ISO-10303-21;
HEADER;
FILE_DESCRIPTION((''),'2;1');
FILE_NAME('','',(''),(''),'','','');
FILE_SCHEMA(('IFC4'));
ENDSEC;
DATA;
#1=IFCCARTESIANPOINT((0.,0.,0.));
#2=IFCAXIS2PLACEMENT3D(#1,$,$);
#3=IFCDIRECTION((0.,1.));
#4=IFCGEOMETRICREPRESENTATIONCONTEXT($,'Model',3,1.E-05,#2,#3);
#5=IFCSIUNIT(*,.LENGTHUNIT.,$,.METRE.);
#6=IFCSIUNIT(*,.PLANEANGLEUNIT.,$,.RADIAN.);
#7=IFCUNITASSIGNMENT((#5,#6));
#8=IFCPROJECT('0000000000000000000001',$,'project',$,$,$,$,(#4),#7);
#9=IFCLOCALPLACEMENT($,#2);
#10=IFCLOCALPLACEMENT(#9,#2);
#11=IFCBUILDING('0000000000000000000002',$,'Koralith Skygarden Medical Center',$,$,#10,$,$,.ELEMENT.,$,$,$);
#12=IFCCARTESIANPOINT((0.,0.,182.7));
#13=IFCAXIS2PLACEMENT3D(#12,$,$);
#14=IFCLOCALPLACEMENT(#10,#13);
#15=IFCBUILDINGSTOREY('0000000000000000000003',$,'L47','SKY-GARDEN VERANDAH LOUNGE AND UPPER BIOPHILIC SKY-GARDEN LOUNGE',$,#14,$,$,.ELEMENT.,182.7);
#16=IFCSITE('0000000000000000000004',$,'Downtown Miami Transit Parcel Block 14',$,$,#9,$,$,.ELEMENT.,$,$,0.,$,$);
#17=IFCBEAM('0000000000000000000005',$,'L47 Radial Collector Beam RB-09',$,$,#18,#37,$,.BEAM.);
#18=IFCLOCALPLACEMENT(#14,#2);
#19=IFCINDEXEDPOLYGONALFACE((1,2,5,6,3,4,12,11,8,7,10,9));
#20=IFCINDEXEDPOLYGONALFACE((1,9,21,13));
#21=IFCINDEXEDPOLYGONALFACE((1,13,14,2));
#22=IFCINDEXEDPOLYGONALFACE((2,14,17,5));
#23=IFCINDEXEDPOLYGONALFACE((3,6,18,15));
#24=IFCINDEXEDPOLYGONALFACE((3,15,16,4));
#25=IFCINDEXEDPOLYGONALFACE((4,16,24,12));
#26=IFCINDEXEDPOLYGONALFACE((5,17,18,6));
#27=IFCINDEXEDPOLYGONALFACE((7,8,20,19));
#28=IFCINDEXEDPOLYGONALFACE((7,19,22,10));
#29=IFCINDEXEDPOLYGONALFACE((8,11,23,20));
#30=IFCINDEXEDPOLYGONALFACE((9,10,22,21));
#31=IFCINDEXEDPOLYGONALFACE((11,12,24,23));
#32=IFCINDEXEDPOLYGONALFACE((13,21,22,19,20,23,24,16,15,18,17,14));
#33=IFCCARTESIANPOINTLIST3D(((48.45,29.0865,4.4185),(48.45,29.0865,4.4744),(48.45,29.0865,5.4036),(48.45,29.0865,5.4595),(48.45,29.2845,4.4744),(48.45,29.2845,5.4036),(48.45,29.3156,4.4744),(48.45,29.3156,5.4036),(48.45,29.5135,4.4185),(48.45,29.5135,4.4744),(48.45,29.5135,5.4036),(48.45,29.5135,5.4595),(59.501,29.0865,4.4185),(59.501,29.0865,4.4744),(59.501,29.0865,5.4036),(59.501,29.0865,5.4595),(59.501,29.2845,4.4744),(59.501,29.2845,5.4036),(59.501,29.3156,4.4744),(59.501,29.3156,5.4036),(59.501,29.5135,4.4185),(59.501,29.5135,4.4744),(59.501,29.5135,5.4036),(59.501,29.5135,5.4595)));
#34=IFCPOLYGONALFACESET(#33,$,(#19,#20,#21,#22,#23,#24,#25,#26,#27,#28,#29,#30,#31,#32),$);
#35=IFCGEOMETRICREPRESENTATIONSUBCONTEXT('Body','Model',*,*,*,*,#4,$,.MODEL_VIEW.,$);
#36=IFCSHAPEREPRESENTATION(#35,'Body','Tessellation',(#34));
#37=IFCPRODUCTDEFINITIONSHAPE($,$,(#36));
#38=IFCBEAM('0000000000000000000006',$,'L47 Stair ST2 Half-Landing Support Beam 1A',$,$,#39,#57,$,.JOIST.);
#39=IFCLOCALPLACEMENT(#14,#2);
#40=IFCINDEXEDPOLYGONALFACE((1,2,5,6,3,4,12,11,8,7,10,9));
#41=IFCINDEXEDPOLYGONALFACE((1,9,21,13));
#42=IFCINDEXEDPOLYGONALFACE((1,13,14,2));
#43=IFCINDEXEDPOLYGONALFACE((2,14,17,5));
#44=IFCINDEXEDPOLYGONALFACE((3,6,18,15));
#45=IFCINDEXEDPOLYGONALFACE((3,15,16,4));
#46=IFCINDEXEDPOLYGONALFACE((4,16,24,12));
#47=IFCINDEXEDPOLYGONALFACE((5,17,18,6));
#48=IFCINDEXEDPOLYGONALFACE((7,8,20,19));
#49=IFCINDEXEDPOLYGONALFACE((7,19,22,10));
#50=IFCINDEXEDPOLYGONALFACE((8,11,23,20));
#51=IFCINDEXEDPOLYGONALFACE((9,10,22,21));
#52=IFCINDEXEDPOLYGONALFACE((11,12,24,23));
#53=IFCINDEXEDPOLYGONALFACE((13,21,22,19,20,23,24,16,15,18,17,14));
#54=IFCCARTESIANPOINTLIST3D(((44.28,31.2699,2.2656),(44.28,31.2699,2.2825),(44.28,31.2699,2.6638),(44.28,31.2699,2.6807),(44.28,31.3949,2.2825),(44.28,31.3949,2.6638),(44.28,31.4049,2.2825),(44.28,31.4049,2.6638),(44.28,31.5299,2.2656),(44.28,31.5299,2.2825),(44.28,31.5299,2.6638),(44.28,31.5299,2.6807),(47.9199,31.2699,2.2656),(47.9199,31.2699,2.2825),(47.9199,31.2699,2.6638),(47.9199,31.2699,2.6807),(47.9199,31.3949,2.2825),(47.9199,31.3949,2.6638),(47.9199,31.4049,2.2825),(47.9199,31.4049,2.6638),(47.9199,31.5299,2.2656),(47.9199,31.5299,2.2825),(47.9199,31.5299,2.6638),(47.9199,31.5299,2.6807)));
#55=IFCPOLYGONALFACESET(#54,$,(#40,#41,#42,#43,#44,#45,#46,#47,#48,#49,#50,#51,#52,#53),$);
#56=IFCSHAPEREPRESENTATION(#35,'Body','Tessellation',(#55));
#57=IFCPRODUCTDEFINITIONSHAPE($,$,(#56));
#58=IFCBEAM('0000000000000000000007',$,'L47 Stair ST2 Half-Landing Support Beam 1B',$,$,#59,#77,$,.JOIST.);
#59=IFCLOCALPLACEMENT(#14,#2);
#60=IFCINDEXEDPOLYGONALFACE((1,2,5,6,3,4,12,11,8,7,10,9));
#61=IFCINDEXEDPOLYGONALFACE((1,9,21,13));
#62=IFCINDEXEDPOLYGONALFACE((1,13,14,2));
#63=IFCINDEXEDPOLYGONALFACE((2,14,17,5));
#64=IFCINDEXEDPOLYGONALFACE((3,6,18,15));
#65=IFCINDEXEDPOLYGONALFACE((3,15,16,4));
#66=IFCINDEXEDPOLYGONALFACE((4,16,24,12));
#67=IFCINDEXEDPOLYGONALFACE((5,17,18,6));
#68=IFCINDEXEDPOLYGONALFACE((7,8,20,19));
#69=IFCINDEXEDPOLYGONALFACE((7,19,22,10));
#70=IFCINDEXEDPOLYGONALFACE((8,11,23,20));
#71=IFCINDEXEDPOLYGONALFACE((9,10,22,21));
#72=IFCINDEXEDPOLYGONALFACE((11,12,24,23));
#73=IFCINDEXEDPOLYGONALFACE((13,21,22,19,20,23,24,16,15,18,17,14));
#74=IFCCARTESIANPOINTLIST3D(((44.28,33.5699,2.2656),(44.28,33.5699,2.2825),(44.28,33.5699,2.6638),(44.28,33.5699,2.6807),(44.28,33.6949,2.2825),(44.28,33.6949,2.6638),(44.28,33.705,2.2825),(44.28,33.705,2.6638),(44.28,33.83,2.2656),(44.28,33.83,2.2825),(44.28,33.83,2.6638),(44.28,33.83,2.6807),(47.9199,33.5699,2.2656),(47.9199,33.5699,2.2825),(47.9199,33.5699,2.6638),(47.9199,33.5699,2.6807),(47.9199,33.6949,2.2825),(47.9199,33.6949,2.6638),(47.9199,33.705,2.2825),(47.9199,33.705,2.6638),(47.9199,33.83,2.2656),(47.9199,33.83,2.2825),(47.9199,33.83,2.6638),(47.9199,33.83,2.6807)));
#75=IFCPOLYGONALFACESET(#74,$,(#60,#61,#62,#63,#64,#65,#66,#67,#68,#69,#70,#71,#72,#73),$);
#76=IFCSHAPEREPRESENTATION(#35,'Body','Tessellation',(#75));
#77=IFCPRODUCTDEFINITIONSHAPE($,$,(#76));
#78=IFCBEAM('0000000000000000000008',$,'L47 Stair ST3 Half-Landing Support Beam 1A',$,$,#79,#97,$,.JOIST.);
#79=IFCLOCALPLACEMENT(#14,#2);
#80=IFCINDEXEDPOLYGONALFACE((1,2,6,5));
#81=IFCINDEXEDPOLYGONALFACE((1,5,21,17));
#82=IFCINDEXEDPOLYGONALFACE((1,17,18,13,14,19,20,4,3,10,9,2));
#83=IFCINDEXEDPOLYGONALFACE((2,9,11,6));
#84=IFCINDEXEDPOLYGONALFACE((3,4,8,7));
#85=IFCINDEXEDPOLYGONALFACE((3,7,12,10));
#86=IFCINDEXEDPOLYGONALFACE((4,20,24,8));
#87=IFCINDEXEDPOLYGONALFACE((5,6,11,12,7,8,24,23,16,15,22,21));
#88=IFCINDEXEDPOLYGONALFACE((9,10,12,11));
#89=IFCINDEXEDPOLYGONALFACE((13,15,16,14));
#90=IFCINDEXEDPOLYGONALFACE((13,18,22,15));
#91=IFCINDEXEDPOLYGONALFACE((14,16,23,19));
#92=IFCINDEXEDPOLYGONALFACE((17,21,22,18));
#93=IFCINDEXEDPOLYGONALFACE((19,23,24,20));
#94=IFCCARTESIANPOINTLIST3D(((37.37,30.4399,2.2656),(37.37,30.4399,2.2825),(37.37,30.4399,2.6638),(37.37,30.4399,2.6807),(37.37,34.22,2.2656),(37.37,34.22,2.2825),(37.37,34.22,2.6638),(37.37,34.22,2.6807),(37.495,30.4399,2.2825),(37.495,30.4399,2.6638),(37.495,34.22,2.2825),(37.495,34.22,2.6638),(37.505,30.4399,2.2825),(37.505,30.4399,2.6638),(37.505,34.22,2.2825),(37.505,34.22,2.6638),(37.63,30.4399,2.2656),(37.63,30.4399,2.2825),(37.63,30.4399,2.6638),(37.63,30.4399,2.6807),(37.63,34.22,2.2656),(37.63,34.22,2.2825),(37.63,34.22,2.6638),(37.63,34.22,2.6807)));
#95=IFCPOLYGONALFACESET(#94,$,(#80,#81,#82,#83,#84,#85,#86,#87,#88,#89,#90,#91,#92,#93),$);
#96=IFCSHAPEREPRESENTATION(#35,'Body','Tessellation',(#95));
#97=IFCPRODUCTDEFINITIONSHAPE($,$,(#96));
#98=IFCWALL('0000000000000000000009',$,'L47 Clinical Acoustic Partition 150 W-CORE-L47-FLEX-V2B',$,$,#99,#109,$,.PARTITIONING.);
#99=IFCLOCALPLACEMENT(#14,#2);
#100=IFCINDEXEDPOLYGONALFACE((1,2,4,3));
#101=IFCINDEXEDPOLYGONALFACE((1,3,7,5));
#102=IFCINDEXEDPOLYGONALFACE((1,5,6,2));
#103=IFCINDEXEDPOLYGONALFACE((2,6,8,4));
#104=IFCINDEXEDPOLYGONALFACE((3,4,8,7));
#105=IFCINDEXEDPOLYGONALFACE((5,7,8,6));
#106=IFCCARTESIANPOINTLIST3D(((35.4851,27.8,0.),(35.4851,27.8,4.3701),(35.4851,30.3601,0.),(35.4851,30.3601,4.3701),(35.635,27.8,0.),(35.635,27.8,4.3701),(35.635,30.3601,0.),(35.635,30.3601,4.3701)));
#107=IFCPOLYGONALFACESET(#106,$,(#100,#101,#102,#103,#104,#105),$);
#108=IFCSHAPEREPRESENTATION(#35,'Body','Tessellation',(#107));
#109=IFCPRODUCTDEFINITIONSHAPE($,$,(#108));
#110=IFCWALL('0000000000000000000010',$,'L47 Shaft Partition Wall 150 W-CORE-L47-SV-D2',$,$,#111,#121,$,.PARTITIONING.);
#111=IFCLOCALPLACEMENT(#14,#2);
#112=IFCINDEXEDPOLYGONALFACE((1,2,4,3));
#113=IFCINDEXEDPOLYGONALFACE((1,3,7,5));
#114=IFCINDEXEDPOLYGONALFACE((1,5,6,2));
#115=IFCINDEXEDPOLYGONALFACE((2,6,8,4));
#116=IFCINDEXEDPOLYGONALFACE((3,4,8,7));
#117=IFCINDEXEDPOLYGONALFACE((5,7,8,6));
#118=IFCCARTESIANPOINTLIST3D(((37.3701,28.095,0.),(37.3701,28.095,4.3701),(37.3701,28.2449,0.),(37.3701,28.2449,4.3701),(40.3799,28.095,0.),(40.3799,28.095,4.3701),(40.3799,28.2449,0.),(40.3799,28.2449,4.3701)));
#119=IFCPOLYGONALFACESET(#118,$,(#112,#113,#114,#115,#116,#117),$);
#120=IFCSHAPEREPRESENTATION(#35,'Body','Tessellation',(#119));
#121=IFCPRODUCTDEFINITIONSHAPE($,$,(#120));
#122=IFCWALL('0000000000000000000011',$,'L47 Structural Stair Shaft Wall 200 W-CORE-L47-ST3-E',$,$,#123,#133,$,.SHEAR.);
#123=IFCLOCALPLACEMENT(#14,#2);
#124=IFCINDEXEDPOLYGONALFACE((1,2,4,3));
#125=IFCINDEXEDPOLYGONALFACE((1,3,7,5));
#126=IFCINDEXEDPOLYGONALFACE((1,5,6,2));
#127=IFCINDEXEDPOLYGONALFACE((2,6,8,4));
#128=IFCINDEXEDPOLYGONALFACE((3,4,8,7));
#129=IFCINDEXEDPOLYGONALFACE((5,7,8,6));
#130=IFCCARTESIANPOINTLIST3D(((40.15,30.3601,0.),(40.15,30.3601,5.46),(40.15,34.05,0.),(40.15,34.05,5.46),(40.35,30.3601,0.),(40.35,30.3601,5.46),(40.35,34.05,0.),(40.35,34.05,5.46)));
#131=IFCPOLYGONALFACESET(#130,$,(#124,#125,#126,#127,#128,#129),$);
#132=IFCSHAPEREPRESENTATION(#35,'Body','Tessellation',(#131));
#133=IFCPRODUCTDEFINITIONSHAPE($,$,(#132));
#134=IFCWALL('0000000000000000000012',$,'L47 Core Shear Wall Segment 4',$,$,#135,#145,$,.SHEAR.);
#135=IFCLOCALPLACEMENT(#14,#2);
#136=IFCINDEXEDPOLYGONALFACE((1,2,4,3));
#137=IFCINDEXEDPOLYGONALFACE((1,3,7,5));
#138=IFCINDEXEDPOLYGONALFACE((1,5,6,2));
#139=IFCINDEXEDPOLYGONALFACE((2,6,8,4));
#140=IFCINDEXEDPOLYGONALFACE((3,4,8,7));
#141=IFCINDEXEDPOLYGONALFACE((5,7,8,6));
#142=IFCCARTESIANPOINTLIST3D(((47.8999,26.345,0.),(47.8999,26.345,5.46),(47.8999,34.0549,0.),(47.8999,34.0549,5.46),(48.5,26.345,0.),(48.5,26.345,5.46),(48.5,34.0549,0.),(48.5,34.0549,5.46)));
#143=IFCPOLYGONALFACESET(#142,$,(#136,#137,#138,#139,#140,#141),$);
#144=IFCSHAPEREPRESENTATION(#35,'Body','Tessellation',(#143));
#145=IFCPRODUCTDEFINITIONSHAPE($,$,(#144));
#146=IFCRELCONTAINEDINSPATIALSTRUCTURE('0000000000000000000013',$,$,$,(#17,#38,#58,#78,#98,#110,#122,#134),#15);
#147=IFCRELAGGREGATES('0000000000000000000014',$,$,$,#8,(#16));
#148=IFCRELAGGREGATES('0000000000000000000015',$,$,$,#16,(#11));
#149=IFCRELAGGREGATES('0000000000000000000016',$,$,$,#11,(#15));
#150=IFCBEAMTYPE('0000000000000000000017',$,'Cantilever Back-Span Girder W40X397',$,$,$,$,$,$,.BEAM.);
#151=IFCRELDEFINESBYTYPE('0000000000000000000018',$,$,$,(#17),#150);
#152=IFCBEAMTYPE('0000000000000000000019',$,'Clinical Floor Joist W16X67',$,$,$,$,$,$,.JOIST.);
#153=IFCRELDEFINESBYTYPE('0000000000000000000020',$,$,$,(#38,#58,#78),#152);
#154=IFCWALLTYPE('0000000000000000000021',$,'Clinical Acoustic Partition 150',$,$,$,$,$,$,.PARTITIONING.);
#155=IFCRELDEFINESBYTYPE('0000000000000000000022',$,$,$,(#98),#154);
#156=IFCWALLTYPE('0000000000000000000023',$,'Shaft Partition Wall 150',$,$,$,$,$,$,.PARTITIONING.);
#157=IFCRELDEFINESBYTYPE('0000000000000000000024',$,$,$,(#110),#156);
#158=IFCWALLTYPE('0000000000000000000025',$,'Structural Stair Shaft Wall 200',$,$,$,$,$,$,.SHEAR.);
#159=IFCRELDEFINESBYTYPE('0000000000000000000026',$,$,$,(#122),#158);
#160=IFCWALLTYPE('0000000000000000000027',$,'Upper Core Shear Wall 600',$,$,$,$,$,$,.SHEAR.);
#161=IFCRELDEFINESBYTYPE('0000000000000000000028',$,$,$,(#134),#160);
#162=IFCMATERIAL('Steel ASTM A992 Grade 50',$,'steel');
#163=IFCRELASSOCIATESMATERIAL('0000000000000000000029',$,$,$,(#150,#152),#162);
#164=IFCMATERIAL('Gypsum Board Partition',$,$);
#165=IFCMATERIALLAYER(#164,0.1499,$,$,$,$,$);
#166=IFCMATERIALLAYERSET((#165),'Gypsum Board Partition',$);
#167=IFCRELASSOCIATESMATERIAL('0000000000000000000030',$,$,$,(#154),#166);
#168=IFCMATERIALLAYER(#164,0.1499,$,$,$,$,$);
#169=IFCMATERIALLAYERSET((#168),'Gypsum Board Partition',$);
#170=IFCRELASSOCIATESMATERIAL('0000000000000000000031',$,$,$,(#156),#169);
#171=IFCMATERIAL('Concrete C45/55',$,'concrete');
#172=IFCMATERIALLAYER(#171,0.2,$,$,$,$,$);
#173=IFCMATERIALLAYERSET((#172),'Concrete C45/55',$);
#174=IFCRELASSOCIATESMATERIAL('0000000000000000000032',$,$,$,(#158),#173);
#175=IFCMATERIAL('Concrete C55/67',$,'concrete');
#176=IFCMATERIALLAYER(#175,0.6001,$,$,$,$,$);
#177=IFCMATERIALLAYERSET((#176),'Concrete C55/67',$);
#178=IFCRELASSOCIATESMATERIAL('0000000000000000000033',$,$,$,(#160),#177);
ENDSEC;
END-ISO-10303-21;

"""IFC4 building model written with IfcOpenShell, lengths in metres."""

from ifc_helpers import new_model, si_unit, direction, frame, frame_2d, origin, origin_2d, place, context, subcontext, project, spatial, rectangle, i_section, extrude, material, layer, layer_set, material_profile, profile_set, type_object, element, save


model = new_model("IFC4")

# Units and contexts
model_context = context("Model", 3, precision=1e-05, world=origin(), true_north=direction((0.0, 1.0)))
body_context = subcontext(model_context, "Body", "Model", "MODEL_VIEW")
ifc_project = project(units=[si_unit("LENGTHUNIT", "METRE"), si_unit("PLANEANGLEUNIT", "RADIAN")], contexts=[model_context])

# Site, building, storey
site_placement = place(None, origin())
site = spatial("IfcSite", under=ifc_project, at=site_placement, Name="Downtown Miami Transit Parcel Block 14", CompositionType="ELEMENT", RefElevation=0.0)
building_placement = place(site_placement, origin())
building = spatial("IfcBuilding", under=site, at=building_placement, Name="Koralith Skygarden Medical Center", CompositionType="ELEMENT")
storey_placement = place(building_placement, frame((0.0, 0.0, 182.7)))
storey = spatial("IfcBuildingStorey", under=building, at=storey_placement, Name="L47", Description="SKY-GARDEN VERANDAH LOUNGE AND UPPER BIOPHILIC SKY-GARDEN LOUNGE", CompositionType="ELEMENT", Elevation=182.7)

# Beams
ifc_material_1 = material(Name="Steel ASTM A992 Grade 50", Category="steel")
ifc_material_profile_1 = material_profile(ifc_material_1, i_section(OverallWidth=0.427, OverallDepth=1.041, WebThickness=0.031, FlangeThickness=0.0559, at=origin_2d()), Name="W40X397")
ifc_profile_set_1 = profile_set([ifc_material_profile_1], Name="Steel ASTM A992 Grade 50")
beam_type_1 = type_object("IfcBeamType", Name="Cantilever Back-Span Girder W40X397", PredefinedType="BEAM", material=ifc_profile_set_1)
beam_1_placement = place(storey_placement, frame((48.45, 29.3, 4.939), z_axis=(1.0, 0.0, 0.0), x_axis=(0.0, 1.0, 0.0)))
element("IfcBeam", 1, at=beam_1_placement, inside=storey, type_object=beam_type_1, Name="L47 Radial Collector Beam RB-09", PredefinedType="BEAM", context=body_context, shape_type="SweptSolid", body=[
    extrude(i_section(OverallWidth=0.427, OverallDepth=1.041, WebThickness=0.031, FlangeThickness=0.0559, at=origin_2d()), origin(), (0.0, 0.0, 1.0), 11.051),
])
ifc_material_profile_2 = material_profile(ifc_material_1, i_section(OverallWidth=0.26, OverallDepth=0.415, WebThickness=0.01, FlangeThickness=0.0168, at=origin_2d()), Name="W16X67")
ifc_profile_set_2 = profile_set([ifc_material_profile_2], Name="Steel ASTM A992 Grade 50")
beam_type_2 = type_object("IfcBeamType", Name="Clinical Floor Joist W16X67", PredefinedType="JOIST", material=ifc_profile_set_2)
for number, where, z_axis, x_axis, name in (
    (2, (44.28, 31.3999, 2.4731), (1.0, 0.0, 0.0), (0.0, 1.0, 0.0), "L47 Stair ST2 Half-Landing Support Beam 1A"),
    (3, (44.28, 33.7, 2.4731), (1.0, 0.0, 0.0), (0.0, 1.0, 0.0), "L47 Stair ST2 Half-Landing Support Beam 1B"),
):
    element("IfcBeam", number, at=place(storey_placement, frame(where, z_axis=z_axis, x_axis=x_axis)), inside=storey, type_object=beam_type_2, Name=name, PredefinedType="JOIST", context=body_context, shape_type="SweptSolid", body=[
        extrude(i_section(OverallWidth=0.26, OverallDepth=0.415, WebThickness=0.01, FlangeThickness=0.0168, at=origin_2d()), origin(), (0.0, 0.0, 1.0), 3.6399),
    ])
beam_2_placement = place(storey_placement, frame((37.5, 30.4399, 2.4731), z_axis=(0.0, 1.0, 0.0), x_axis=(-1.0, 0.0, 0.0)))
element("IfcBeam", 4, at=beam_2_placement, inside=storey, type_object=beam_type_2, Name="L47 Stair ST3 Half-Landing Support Beam 1A", PredefinedType="JOIST", context=body_context, shape_type="SweptSolid", body=[
    extrude(i_section(OverallWidth=0.26, OverallDepth=0.415, WebThickness=0.01, FlangeThickness=0.0168, at=origin_2d()), origin(), (0.0, 0.0, 1.0), 3.78),
])

# Walls
ifc_material_2 = material(Name="Gypsum Board Partition")
ifc_layer_1 = layer(ifc_material_2, 0.1499)
ifc_layer_set_1 = layer_set([ifc_layer_1], Name="Gypsum Board Partition")
wall_type_1 = type_object("IfcWallType", Name="Clinical Acoustic Partition 150", PredefinedType="PARTITIONING", material=ifc_layer_set_1)
wall_1_placement = place(storey_placement, frame((35.5601, 27.8, 0.0), z_axis=(0.0, 0.0, 1.0), x_axis=(0.0, 1.0, 0.0)))
element("IfcWall", 5, at=wall_1_placement, inside=storey, type_object=wall_type_1, Name="L47 Clinical Acoustic Partition 150 W-CORE-L47-FLEX-V2B", PredefinedType="PARTITIONING", context=body_context, shape_type="SweptSolid", body=[
    extrude(rectangle(XDim=2.5601, YDim=0.1499, at=frame_2d((1.28, 0.0))), origin(), (0.0, 0.0, 1.0), 4.3701),
])
ifc_layer_2 = layer(ifc_material_2, 0.1499)
ifc_layer_set_2 = layer_set([ifc_layer_2], Name="Gypsum Board Partition")
wall_type_2 = type_object("IfcWallType", Name="Shaft Partition Wall 150", PredefinedType="PARTITIONING", material=ifc_layer_set_2)
wall_2_placement = place(storey_placement, frame((37.3701, 28.1699, 0.0), z_axis=(0.0, 0.0, 1.0), x_axis=(1.0, 0.0, 0.0)))
element("IfcWall", 6, at=wall_2_placement, inside=storey, type_object=wall_type_2, Name="L47 Shaft Partition Wall 150 W-CORE-L47-SV-D2", PredefinedType="PARTITIONING", context=body_context, shape_type="SweptSolid", body=[
    extrude(rectangle(XDim=3.0098, YDim=0.1499, at=frame_2d((1.5049, 0.0))), origin(), (0.0, 0.0, 1.0), 4.3701),
])
ifc_material_3 = material(Name="Concrete C45/55", Category="concrete")
ifc_layer_3 = layer(ifc_material_3, 0.2)
ifc_layer_set_3 = layer_set([ifc_layer_3], Name="Concrete C45/55")
wall_type_3 = type_object("IfcWallType", Name="Structural Stair Shaft Wall 200", PredefinedType="SHEAR", material=ifc_layer_set_3)
wall_3_placement = place(storey_placement, frame((40.25, 30.3601, 0.0), z_axis=(0.0, 0.0, 1.0), x_axis=(0.0, 1.0, 0.0)))
element("IfcWall", 7, at=wall_3_placement, inside=storey, type_object=wall_type_3, Name="L47 Structural Stair Shaft Wall 200 W-CORE-L47-ST3-E", PredefinedType="SHEAR", context=body_context, shape_type="SweptSolid", body=[
    extrude(rectangle(XDim=3.6899, YDim=0.2, at=frame_2d((1.845, 0.0))), origin(), (0.0, 0.0, 1.0), 5.46),
])
ifc_material_4 = material(Name="Concrete C55/67", Category="concrete")
ifc_layer_4 = layer(ifc_material_4, 0.6001)
ifc_layer_set_4 = layer_set([ifc_layer_4], Name="Concrete C55/67")
wall_type_4 = type_object("IfcWallType", Name="Upper Core Shear Wall 600", PredefinedType="SHEAR", material=ifc_layer_set_4)
wall_4_placement = place(storey_placement, frame((48.2, 26.345, 0.0), z_axis=(0.0, 0.0, 1.0), x_axis=(0.0, 1.0, 0.0)))
element("IfcWall", 8, at=wall_4_placement, inside=storey, type_object=wall_type_4, Name="L47 Core Shear Wall Segment 4", PredefinedType="SHEAR", context=body_context, shape_type="SweptSolid", body=[
    extrude(rectangle(XDim=7.71, YDim=0.6001, at=frame_2d((3.855, 0.0))), origin(), (0.0, 0.0, 1.0), 5.46),
])

save(model, "model.ifc")
